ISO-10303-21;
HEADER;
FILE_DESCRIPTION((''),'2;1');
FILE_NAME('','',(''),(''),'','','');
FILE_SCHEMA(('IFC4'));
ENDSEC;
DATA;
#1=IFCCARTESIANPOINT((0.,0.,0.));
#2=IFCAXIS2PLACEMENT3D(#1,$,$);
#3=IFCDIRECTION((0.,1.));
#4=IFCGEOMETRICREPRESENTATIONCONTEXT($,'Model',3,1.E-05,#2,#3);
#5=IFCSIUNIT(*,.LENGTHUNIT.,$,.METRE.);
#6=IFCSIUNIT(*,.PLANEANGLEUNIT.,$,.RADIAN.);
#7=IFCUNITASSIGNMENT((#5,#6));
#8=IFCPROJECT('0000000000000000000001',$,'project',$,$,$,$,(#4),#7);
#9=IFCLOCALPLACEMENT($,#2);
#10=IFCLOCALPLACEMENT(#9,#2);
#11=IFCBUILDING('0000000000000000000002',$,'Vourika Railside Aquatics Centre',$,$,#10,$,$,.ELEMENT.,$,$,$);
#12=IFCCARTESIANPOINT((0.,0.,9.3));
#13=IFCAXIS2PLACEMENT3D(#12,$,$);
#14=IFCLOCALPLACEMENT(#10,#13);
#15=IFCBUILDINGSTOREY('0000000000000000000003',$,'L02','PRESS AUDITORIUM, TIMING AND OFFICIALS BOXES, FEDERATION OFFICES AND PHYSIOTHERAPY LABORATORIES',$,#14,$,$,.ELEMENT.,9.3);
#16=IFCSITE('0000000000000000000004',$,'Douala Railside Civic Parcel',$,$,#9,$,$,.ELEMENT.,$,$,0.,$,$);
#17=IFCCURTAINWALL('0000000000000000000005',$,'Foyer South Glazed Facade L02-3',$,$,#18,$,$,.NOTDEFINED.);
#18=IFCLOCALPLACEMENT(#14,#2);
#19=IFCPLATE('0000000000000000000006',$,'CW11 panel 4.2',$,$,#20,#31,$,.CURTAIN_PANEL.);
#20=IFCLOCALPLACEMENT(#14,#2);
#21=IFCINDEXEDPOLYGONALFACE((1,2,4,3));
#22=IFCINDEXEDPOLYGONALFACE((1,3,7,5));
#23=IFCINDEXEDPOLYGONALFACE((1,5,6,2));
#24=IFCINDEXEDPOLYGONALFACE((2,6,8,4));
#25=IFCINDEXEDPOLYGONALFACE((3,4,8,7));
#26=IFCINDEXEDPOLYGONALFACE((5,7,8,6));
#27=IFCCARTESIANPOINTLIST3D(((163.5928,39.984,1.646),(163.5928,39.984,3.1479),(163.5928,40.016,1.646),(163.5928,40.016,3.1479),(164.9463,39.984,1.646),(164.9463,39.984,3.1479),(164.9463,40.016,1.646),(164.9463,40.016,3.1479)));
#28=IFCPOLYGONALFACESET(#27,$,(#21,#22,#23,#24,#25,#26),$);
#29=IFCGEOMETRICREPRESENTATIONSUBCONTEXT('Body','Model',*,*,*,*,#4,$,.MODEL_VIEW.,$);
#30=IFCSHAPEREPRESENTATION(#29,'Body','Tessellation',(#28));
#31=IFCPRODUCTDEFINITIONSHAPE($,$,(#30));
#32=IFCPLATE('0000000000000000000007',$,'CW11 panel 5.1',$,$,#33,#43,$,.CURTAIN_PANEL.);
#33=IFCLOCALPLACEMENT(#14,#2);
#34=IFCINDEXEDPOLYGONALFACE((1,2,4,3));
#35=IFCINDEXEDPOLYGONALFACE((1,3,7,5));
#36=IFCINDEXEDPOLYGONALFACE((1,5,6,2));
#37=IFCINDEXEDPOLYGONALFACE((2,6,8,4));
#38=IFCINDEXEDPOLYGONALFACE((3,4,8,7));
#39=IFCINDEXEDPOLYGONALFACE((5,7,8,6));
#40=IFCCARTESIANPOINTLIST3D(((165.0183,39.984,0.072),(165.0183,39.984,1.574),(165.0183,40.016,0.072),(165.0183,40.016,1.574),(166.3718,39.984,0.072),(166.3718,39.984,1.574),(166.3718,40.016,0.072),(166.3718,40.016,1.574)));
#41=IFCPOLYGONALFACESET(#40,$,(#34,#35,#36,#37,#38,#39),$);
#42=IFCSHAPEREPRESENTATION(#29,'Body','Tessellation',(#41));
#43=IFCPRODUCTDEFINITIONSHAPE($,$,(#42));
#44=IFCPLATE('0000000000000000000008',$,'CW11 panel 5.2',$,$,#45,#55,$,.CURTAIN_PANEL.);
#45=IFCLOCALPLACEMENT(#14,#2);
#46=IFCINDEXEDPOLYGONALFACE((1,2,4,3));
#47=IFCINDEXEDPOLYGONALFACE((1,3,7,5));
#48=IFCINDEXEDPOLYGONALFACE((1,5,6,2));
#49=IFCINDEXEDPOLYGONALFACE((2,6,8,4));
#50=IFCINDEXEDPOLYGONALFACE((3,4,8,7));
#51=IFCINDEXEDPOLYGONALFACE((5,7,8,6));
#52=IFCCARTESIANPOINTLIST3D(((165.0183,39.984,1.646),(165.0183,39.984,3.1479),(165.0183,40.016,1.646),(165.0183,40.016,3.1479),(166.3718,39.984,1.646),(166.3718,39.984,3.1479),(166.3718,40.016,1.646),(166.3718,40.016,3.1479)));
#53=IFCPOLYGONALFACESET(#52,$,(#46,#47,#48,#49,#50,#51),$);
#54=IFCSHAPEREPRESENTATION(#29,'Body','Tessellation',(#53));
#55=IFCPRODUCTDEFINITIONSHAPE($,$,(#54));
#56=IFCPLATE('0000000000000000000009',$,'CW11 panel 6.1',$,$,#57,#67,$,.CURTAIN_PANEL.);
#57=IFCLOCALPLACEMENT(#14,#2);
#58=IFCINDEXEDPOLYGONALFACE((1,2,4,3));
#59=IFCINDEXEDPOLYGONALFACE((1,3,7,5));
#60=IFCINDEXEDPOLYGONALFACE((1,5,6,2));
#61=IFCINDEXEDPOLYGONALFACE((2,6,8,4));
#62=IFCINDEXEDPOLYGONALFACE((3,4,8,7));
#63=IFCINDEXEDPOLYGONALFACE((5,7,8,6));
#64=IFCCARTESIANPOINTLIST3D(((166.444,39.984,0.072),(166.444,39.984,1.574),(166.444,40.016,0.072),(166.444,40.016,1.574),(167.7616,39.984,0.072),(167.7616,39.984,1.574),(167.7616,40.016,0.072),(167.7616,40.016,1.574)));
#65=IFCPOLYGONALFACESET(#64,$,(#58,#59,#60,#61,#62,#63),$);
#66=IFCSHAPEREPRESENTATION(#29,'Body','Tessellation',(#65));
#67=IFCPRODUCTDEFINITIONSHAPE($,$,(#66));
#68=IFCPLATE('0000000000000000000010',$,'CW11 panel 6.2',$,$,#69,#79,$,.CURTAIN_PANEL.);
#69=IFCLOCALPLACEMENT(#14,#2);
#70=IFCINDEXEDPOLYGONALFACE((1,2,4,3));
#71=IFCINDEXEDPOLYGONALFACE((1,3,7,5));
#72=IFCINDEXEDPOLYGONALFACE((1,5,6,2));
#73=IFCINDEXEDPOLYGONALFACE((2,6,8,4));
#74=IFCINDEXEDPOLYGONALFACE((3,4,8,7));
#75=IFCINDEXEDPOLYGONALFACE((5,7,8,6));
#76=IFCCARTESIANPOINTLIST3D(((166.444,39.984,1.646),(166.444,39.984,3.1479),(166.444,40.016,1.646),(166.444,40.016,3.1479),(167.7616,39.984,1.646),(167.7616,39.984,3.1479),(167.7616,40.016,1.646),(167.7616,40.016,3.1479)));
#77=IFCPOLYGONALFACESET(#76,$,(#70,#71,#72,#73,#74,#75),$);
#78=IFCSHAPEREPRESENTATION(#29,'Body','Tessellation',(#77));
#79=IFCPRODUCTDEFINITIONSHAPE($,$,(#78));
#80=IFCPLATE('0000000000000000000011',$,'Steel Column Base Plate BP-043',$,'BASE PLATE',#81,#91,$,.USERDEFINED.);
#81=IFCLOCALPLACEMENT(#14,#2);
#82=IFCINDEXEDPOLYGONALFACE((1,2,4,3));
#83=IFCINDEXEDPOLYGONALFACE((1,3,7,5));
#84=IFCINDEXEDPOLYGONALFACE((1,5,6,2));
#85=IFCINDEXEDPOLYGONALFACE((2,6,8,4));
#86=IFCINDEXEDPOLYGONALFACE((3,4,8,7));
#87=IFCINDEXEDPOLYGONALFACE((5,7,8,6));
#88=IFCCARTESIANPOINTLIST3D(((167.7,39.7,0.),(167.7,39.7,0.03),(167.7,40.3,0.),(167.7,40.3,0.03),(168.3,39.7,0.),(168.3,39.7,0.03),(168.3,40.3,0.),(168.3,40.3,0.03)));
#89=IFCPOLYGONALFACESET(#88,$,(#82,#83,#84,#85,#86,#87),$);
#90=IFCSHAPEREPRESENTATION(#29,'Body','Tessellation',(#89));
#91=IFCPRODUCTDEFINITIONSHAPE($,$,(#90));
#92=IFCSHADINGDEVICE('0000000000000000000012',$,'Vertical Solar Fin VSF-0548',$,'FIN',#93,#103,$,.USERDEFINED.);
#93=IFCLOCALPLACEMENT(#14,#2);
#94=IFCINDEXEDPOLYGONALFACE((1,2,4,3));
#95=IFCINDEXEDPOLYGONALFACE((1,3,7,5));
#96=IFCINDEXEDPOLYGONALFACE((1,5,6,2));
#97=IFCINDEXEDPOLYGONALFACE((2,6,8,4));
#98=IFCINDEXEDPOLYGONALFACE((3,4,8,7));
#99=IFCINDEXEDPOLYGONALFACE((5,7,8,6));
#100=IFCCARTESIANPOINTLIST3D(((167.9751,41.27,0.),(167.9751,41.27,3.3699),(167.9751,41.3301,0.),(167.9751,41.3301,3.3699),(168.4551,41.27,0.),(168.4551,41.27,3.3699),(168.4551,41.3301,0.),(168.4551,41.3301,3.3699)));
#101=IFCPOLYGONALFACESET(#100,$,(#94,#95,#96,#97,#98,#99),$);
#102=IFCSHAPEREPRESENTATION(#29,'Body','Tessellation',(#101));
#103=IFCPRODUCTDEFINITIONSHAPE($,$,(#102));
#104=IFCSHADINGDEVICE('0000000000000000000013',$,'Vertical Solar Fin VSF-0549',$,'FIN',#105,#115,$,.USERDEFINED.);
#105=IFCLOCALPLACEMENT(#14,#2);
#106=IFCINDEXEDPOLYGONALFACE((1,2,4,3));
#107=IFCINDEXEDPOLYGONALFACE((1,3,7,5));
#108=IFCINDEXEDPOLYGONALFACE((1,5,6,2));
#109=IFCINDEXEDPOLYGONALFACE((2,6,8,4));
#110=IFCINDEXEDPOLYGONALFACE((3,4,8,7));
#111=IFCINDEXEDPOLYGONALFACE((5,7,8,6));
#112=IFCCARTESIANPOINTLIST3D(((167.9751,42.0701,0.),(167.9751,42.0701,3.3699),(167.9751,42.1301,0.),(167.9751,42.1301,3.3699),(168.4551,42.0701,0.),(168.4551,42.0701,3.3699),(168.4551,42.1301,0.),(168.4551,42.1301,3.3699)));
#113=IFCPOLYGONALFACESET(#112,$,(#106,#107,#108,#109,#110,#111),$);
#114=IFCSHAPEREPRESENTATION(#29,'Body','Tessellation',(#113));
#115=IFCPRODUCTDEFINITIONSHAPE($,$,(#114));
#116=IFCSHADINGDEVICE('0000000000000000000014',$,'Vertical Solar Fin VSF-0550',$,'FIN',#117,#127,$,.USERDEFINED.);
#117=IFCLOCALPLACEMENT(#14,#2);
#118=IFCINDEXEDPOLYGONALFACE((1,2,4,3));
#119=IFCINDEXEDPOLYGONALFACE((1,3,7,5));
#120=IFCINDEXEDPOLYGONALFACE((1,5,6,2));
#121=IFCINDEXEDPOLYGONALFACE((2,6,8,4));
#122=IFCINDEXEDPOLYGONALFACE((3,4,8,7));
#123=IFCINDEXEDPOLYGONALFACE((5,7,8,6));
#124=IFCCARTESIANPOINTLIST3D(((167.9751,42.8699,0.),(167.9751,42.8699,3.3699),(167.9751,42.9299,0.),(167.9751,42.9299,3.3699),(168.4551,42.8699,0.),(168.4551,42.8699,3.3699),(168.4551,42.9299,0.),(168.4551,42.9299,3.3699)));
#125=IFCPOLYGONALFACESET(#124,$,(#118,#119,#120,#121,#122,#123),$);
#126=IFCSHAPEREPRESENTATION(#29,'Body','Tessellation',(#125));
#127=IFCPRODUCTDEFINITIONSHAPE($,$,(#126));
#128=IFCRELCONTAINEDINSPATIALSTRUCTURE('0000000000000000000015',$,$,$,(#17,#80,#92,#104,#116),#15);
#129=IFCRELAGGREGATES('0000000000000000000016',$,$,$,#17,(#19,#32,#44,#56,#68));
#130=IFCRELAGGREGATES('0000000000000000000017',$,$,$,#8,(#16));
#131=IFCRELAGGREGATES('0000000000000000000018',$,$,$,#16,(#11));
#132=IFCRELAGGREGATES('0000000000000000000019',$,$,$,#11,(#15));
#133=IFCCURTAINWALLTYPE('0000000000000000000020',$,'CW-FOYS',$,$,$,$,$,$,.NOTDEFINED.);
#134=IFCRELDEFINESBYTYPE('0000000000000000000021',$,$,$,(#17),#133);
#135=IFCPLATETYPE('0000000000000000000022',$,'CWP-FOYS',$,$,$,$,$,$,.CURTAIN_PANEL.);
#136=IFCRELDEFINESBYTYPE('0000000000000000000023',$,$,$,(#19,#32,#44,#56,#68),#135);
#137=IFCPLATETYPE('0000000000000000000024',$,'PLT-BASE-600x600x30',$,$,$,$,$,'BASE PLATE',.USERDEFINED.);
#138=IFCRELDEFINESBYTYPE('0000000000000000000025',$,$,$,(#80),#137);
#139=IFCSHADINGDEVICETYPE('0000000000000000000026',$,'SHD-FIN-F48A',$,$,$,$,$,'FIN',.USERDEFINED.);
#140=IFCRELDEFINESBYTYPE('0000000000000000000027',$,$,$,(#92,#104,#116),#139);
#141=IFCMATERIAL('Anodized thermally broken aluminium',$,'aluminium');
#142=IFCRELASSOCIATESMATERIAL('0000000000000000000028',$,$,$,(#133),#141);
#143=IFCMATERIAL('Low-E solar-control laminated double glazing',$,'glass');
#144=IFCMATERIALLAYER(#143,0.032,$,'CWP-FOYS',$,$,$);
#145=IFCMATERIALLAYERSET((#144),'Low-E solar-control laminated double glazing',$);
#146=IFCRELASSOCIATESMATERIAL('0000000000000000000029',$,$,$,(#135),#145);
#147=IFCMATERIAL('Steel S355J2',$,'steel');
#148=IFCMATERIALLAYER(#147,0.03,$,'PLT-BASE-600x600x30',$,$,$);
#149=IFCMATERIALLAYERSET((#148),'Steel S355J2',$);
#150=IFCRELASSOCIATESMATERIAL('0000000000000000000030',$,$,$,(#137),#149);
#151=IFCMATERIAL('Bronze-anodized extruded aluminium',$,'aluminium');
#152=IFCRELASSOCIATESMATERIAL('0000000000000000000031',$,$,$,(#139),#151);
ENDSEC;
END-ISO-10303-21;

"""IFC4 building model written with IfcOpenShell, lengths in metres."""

from ifc_helpers import new_model, si_unit, direction, frame, origin, origin_2d, place, context, subcontext, project, spatial, rectangle, extrude, material, layer, layer_set, material_profile, profile_set, type_object, element, aggregate, save


model = new_model("IFC4")

# Units and contexts
model_context = context("Model", 3, precision=1e-05, world=origin(), true_north=direction((0.0, 1.0)))
body_context = subcontext(model_context, "Body", "Model", "MODEL_VIEW")
ifc_project = project(units=[si_unit("LENGTHUNIT", "METRE"), si_unit("PLANEANGLEUNIT", "RADIAN")], contexts=[model_context])

# Site, building, storey
site_placement = place(None, origin())
site = spatial("IfcSite", under=ifc_project, at=site_placement, Name="Douala Railside Civic Parcel", CompositionType="ELEMENT", RefElevation=0.0)
building_placement = place(site_placement, origin())
building = spatial("IfcBuilding", under=site, at=building_placement, Name="Vourika Railside Aquatics Centre", CompositionType="ELEMENT")
storey_placement = place(building_placement, frame((0.0, 0.0, 9.3)))
storey = spatial("IfcBuildingStorey", under=building, at=storey_placement, Name="L02", Description="PRESS AUDITORIUM, TIMING AND OFFICIALS BOXES, FEDERATION OFFICES AND PHYSIOTHERAPY LABORATORIES", CompositionType="ELEMENT", Elevation=9.3)

# Shared definitions
ifc_material_1 = material(Name="Steel S355J2", Category="steel")

# Curtain wall
ifc_material_2 = material(Name="Anodized thermally broken aluminium", Category="aluminium")
curtain_wall_type_1 = type_object("IfcCurtainWallType", Name="CW-FOYS", PredefinedType="NOTDEFINED", material=ifc_material_2)
curtain_wall_1_placement = place(storey_placement, origin())
curtain_wall_1 = element("IfcCurtainWall", 1, at=curtain_wall_1_placement, inside=storey, type_object=curtain_wall_type_1, Name="Foyer South Glazed Facade L02-3", PredefinedType="NOTDEFINED")

# Plates
ifc_material_3 = material(Name="Low-E solar-control laminated double glazing", Category="glass")
ifc_layer_1 = layer(ifc_material_3, 0.032, Name="CWP-FOYS")
ifc_layer_set_1 = layer_set([ifc_layer_1], Name="Low-E solar-control laminated double glazing")
plate_type_1 = type_object("IfcPlateType", Name="CWP-FOYS", PredefinedType="CURTAIN_PANEL", material=ifc_layer_set_1)
plate_1_placement = place(storey_placement, frame((164.2695, 40.0, 1.646), z_axis=(0.0, 0.0, 1.0), x_axis=(1.0, 0.0, 0.0)))
plate_1 = element("IfcPlate", 2, at=plate_1_placement, type_object=plate_type_1, Name="CW11 panel 4.2", PredefinedType="CURTAIN_PANEL", context=body_context, shape_type="SweptSolid", body=[
    extrude(rectangle(XDim=1.3535, YDim=0.032, at=origin_2d()), origin(), (0.0, 0.0, 1.0), 1.502),
])
plate_2_placement = place(storey_placement, frame((165.6951, 40.0, 0.072), z_axis=(0.0, 0.0, 1.0), x_axis=(1.0, 0.0, 0.0)))
plate_2 = element("IfcPlate", 3, at=plate_2_placement, type_object=plate_type_1, Name="CW11 panel 5.1", PredefinedType="CURTAIN_PANEL", context=body_context, shape_type="SweptSolid", body=[
    extrude(rectangle(XDim=1.3535, YDim=0.032, at=origin_2d()), origin(), (0.0, 0.0, 1.0), 1.502),
])
plate_3_placement = place(storey_placement, frame((165.6951, 40.0, 1.646), z_axis=(0.0, 0.0, 1.0), x_axis=(1.0, 0.0, 0.0)))
plate_3 = element("IfcPlate", 4, at=plate_3_placement, type_object=plate_type_1, Name="CW11 panel 5.2", PredefinedType="CURTAIN_PANEL", context=body_context, shape_type="SweptSolid", body=[
    extrude(rectangle(XDim=1.3535, YDim=0.032, at=origin_2d()), origin(), (0.0, 0.0, 1.0), 1.502),
])
plate_4_placement = place(storey_placement, frame((167.1028, 40.0, 0.072), z_axis=(0.0, 0.0, 1.0), x_axis=(1.0, 0.0, 0.0)))
plate_4 = element("IfcPlate", 5, at=plate_4_placement, type_object=plate_type_1, Name="CW11 panel 6.1", PredefinedType="CURTAIN_PANEL", context=body_context, shape_type="SweptSolid", body=[
    extrude(rectangle(XDim=1.3176, YDim=0.032, at=origin_2d()), origin(), (0.0, 0.0, 1.0), 1.502),
])
plate_5_placement = place(storey_placement, frame((167.1028, 40.0, 1.646), z_axis=(0.0, 0.0, 1.0), x_axis=(1.0, 0.0, 0.0)))
plate_5 = element("IfcPlate", 6, at=plate_5_placement, type_object=plate_type_1, Name="CW11 panel 6.2", PredefinedType="CURTAIN_PANEL", context=body_context, shape_type="SweptSolid", body=[
    extrude(rectangle(XDim=1.3176, YDim=0.032, at=origin_2d()), origin(), (0.0, 0.0, 1.0), 1.502),
])
aggregate(curtain_wall_1, [plate_1, plate_2, plate_3, plate_4, plate_5])
ifc_layer_2 = layer(ifc_material_1, 0.03, Name="PLT-BASE-600x600x30")
ifc_layer_set_2 = layer_set([ifc_layer_2], Name="Steel S355J2")
plate_type_2 = type_object("IfcPlateType", Name="PLT-BASE-600x600x30", ElementType="BASE PLATE", PredefinedType="USERDEFINED", material=ifc_layer_set_2)
plate_6_placement = place(storey_placement, frame((168.0, 40.0, 0.0), z_axis=(0.0, 0.0, 1.0), x_axis=(1.0, 0.0, 0.0)))
element("IfcPlate", 7, at=plate_6_placement, inside=storey, type_object=plate_type_2, Name="Steel Column Base Plate BP-043", ObjectType="BASE PLATE", PredefinedType="USERDEFINED", context=body_context, shape_type="SweptSolid", body=[
    extrude(rectangle(XDim=0.6001, YDim=0.6001, at=origin_2d()), origin(), (0.0, 0.0, 1.0), 0.03),
])

# Shading devices
ifc_material_4 = material(Name="Bronze-anodized extruded aluminium", Category="aluminium")
ifc_material_profile_1 = material_profile(ifc_material_4, rectangle(XDim=0.0601, YDim=0.48, at=origin_2d()), Name="ALU-FIN 60x480")
ifc_profile_set_1 = profile_set([ifc_material_profile_1], Name="Bronze-anodized extruded aluminium")
shading_device_type = type_object("IfcShadingDeviceType", Name="SHD-FIN-F48A", ElementType="FIN", PredefinedType="USERDEFINED", material=ifc_profile_set_1)
for number, where, z_axis, x_axis, name in (
    (8, (168.2151, 41.3, 0.0), (0.0, 0.0, 1.0), (0.0, -1.0, 0.0), "Vertical Solar Fin VSF-0548"),
    (9, (168.2151, 42.1001, 0.0), (0.0, 0.0, 1.0), (0.0, -1.0, 0.0), "Vertical Solar Fin VSF-0549"),
    (10, (168.2151, 42.8999, 0.0), (0.0, 0.0, 1.0), (0.0, -1.0, 0.0), "Vertical Solar Fin VSF-0550"),
):
    element("IfcShadingDevice", number, at=place(storey_placement, frame(where, z_axis=z_axis, x_axis=x_axis)), inside=storey, type_object=shading_device_type, Name=name, ObjectType="FIN", PredefinedType="USERDEFINED", context=body_context, shape_type="SweptSolid", body=[
        extrude(rectangle(XDim=0.0601, YDim=0.48, at=origin_2d()), origin(), (0.0, 0.0, 1.0), 3.3699),
    ])

save(model, "model.ifc")
